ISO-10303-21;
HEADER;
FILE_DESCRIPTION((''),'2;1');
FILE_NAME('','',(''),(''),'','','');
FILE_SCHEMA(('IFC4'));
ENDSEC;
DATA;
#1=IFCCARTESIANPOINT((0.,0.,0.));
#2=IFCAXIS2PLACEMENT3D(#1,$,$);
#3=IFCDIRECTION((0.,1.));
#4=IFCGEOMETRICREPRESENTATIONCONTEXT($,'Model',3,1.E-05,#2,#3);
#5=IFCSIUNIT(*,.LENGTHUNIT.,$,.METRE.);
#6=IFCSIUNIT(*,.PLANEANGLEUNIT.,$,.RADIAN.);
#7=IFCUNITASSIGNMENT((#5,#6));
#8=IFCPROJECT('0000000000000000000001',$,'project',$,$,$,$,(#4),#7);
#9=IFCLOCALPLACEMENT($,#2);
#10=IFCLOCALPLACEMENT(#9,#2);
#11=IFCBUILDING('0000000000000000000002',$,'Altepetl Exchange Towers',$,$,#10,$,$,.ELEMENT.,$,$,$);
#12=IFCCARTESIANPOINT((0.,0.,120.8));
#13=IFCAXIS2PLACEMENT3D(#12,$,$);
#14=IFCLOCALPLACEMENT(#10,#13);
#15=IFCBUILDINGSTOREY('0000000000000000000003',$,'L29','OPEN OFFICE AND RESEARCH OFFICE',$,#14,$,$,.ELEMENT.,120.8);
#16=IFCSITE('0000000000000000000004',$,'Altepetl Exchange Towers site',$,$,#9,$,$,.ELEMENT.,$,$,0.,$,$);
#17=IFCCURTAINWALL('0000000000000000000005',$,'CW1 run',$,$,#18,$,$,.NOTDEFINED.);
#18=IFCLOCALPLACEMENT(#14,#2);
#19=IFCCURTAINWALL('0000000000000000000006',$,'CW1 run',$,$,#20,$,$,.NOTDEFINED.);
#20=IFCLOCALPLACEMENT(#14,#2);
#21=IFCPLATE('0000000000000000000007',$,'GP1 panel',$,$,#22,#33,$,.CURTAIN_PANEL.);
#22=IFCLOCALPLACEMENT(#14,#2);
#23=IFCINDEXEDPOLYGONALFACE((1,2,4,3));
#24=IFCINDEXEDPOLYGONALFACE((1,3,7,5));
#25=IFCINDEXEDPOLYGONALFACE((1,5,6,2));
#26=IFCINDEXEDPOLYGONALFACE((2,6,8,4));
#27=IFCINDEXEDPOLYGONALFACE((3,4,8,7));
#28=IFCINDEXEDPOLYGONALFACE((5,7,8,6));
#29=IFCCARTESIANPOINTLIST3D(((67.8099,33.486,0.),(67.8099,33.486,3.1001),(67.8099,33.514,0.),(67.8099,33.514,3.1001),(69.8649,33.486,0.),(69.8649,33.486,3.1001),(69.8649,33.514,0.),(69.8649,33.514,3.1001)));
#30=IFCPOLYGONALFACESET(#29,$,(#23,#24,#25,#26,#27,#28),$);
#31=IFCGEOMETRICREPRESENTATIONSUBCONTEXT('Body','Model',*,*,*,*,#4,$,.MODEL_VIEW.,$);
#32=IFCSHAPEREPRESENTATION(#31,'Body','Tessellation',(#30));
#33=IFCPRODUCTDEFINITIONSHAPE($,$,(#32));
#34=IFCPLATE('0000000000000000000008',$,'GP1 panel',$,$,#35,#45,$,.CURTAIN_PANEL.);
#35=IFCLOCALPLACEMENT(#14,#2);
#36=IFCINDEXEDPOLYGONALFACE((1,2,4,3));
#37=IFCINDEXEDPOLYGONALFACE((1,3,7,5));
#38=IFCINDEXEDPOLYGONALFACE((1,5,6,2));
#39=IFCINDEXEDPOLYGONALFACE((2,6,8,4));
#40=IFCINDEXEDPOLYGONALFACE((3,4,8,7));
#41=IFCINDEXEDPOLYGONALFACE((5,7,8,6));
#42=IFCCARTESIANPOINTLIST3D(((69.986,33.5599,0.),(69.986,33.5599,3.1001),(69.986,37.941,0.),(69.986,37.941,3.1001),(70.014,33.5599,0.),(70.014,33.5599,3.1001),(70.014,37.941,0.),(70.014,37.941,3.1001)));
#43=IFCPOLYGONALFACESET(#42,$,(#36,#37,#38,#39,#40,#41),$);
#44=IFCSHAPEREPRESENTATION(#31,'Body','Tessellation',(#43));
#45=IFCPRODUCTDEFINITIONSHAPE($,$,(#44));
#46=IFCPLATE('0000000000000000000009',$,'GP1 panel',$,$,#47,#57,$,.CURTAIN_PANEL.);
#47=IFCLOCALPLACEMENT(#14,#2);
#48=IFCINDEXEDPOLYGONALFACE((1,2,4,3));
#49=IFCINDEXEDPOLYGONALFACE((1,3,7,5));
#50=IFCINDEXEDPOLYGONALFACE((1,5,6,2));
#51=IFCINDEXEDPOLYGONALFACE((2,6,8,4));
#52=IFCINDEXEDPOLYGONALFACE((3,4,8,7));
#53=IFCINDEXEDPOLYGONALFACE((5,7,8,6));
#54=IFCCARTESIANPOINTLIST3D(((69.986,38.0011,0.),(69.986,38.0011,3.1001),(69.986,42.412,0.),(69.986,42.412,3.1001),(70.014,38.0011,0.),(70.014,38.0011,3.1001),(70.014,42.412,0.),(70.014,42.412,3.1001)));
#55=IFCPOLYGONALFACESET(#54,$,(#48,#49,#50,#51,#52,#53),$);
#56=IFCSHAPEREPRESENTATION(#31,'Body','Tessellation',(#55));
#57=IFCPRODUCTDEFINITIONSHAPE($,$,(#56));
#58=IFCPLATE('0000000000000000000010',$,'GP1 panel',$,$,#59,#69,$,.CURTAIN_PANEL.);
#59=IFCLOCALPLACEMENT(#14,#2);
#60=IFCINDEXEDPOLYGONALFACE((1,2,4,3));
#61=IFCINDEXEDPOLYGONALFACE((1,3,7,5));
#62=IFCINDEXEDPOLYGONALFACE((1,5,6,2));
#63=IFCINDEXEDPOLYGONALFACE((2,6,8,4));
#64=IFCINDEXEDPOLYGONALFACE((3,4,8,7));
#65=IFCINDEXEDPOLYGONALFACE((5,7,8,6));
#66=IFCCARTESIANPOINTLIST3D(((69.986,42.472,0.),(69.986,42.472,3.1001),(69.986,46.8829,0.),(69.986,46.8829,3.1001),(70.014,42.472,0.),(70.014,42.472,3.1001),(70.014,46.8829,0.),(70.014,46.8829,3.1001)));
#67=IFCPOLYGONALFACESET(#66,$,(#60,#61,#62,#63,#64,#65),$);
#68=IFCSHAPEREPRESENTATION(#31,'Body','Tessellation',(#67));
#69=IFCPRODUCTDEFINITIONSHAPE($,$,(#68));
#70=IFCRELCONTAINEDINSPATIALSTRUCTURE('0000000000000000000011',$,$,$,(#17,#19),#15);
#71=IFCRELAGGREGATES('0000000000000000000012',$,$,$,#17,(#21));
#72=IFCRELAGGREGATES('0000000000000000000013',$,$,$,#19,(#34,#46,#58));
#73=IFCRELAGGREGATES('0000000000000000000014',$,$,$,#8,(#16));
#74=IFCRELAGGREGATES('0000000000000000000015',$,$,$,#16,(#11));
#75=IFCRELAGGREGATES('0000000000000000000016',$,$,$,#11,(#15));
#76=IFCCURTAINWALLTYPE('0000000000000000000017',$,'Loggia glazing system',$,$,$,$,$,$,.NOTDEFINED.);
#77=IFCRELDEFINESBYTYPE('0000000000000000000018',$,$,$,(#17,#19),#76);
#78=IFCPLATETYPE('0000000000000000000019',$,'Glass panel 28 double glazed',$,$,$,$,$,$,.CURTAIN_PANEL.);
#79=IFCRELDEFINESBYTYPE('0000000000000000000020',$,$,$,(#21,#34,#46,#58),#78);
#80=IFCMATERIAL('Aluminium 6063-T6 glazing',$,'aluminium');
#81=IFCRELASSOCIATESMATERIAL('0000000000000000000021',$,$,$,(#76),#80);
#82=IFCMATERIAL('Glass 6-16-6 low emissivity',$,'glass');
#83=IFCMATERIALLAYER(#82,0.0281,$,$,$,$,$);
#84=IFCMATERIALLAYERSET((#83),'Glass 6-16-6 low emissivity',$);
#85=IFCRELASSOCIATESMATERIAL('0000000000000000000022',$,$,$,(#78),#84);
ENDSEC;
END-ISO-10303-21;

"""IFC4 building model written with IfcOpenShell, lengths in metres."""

from ifc_helpers import new_model, si_unit, direction, frame, origin, origin_2d, place, context, subcontext, project, spatial, rectangle, extrude, material, layer, layer_set, type_object, element, aggregate, save


model = new_model("IFC4")

# Units and contexts
model_context = context("Model", 3, precision=1e-05, world=origin(), true_north=direction((0.0, 1.0)))
body_context = subcontext(model_context, "Body", "Model", "MODEL_VIEW")
ifc_project = project(units=[si_unit("LENGTHUNIT", "METRE"), si_unit("PLANEANGLEUNIT", "RADIAN")], contexts=[model_context])

# Site, building, storey
site_placement = place(None, origin())
site = spatial("IfcSite", under=ifc_project, at=site_placement, Name="Altepetl Exchange Towers site", CompositionType="ELEMENT", RefElevation=0.0)
building_placement = place(site_placement, origin())
building = spatial("IfcBuilding", under=site, at=building_placement, Name="Altepetl Exchange Towers", CompositionType="ELEMENT")
storey_placement = place(building_placement, frame((0.0, 0.0, 120.8)))
storey = spatial("IfcBuildingStorey", under=building, at=storey_placement, Name="L29", Description="OPEN OFFICE AND RESEARCH OFFICE", CompositionType="ELEMENT", Elevation=120.8)

# Curtain walls
ifc_material_1 = material(Name="Aluminium 6063-T6 glazing", Category="aluminium")
curtain_wall_type = type_object("IfcCurtainWallType", Name="Loggia glazing system", PredefinedType="NOTDEFINED", material=ifc_material_1)
curtain_wall_1_placement = place(storey_placement, origin())
curtain_wall_1 = element("IfcCurtainWall", 1, at=curtain_wall_1_placement, inside=storey, type_object=curtain_wall_type, Name="CW1 run", PredefinedType="NOTDEFINED")
curtain_wall_2_placement = place(storey_placement, origin())
curtain_wall_2 = element("IfcCurtainWall", 2, at=curtain_wall_2_placement, inside=storey, type_object=curtain_wall_type, Name="CW1 run", PredefinedType="NOTDEFINED")

# Plates
ifc_material_2 = material(Name="Glass 6-16-6 low emissivity", Category="glass")
ifc_layer = layer(ifc_material_2, 0.0281)
ifc_layer_set = layer_set([ifc_layer], Name="Glass 6-16-6 low emissivity")
plate_type = type_object("IfcPlateType", Name="Glass panel 28 double glazed", PredefinedType="CURTAIN_PANEL", material=ifc_layer_set)
plate_1_placement = place(storey_placement, frame((68.8374, 33.5, 0.0)))
plate_1 = element("IfcPlate", 3, at=plate_1_placement, type_object=plate_type, Name="GP1 panel", PredefinedType="CURTAIN_PANEL", context=body_context, shape_type="SweptSolid", body=[
    extrude(rectangle(XDim=2.0549, YDim=0.0281, at=origin_2d()), origin(), (0.0, 0.0, 1.0), 3.1001),
])
aggregate(curtain_wall_1, [plate_1])
plate_2_placement = place(storey_placement, frame((70.0, 35.7505, 0.0), z_axis=(0.0, 0.0, 1.0), x_axis=(0.0, 1.0, 0.0)))
plate_2 = element("IfcPlate", 4, at=plate_2_placement, type_object=plate_type, Name="GP1 panel", PredefinedType="CURTAIN_PANEL", context=body_context, shape_type="SweptSolid", body=[
    extrude(rectangle(XDim=4.3811, YDim=0.0281, at=origin_2d()), origin(), (0.0, 0.0, 1.0), 3.1001),
])
plate_3_placement = place(storey_placement, frame((70.0, 40.2065, 0.0), z_axis=(0.0, 0.0, 1.0), x_axis=(0.0, 1.0, 0.0)))
plate_3 = element("IfcPlate", 5, at=plate_3_placement, type_object=plate_type, Name="GP1 panel", PredefinedType="CURTAIN_PANEL", context=body_context, shape_type="SweptSolid", body=[
    extrude(rectangle(XDim=4.4109, YDim=0.0281, at=origin_2d()), origin(), (0.0, 0.0, 1.0), 3.1001),
])
plate_4_placement = place(storey_placement, frame((70.0, 44.6775, 0.0), z_axis=(0.0, 0.0, 1.0), x_axis=(0.0, 1.0, 0.0)))
plate_4 = element("IfcPlate", 6, at=plate_4_placement, type_object=plate_type, Name="GP1 panel", PredefinedType="CURTAIN_PANEL", context=body_context, shape_type="SweptSolid", body=[
    extrude(rectangle(XDim=4.4109, YDim=0.0281, at=origin_2d()), origin(), (0.0, 0.0, 1.0), 3.1001),
])
aggregate(curtain_wall_2, [plate_2, plate_3, plate_4])

save(model, "model.ifc")
